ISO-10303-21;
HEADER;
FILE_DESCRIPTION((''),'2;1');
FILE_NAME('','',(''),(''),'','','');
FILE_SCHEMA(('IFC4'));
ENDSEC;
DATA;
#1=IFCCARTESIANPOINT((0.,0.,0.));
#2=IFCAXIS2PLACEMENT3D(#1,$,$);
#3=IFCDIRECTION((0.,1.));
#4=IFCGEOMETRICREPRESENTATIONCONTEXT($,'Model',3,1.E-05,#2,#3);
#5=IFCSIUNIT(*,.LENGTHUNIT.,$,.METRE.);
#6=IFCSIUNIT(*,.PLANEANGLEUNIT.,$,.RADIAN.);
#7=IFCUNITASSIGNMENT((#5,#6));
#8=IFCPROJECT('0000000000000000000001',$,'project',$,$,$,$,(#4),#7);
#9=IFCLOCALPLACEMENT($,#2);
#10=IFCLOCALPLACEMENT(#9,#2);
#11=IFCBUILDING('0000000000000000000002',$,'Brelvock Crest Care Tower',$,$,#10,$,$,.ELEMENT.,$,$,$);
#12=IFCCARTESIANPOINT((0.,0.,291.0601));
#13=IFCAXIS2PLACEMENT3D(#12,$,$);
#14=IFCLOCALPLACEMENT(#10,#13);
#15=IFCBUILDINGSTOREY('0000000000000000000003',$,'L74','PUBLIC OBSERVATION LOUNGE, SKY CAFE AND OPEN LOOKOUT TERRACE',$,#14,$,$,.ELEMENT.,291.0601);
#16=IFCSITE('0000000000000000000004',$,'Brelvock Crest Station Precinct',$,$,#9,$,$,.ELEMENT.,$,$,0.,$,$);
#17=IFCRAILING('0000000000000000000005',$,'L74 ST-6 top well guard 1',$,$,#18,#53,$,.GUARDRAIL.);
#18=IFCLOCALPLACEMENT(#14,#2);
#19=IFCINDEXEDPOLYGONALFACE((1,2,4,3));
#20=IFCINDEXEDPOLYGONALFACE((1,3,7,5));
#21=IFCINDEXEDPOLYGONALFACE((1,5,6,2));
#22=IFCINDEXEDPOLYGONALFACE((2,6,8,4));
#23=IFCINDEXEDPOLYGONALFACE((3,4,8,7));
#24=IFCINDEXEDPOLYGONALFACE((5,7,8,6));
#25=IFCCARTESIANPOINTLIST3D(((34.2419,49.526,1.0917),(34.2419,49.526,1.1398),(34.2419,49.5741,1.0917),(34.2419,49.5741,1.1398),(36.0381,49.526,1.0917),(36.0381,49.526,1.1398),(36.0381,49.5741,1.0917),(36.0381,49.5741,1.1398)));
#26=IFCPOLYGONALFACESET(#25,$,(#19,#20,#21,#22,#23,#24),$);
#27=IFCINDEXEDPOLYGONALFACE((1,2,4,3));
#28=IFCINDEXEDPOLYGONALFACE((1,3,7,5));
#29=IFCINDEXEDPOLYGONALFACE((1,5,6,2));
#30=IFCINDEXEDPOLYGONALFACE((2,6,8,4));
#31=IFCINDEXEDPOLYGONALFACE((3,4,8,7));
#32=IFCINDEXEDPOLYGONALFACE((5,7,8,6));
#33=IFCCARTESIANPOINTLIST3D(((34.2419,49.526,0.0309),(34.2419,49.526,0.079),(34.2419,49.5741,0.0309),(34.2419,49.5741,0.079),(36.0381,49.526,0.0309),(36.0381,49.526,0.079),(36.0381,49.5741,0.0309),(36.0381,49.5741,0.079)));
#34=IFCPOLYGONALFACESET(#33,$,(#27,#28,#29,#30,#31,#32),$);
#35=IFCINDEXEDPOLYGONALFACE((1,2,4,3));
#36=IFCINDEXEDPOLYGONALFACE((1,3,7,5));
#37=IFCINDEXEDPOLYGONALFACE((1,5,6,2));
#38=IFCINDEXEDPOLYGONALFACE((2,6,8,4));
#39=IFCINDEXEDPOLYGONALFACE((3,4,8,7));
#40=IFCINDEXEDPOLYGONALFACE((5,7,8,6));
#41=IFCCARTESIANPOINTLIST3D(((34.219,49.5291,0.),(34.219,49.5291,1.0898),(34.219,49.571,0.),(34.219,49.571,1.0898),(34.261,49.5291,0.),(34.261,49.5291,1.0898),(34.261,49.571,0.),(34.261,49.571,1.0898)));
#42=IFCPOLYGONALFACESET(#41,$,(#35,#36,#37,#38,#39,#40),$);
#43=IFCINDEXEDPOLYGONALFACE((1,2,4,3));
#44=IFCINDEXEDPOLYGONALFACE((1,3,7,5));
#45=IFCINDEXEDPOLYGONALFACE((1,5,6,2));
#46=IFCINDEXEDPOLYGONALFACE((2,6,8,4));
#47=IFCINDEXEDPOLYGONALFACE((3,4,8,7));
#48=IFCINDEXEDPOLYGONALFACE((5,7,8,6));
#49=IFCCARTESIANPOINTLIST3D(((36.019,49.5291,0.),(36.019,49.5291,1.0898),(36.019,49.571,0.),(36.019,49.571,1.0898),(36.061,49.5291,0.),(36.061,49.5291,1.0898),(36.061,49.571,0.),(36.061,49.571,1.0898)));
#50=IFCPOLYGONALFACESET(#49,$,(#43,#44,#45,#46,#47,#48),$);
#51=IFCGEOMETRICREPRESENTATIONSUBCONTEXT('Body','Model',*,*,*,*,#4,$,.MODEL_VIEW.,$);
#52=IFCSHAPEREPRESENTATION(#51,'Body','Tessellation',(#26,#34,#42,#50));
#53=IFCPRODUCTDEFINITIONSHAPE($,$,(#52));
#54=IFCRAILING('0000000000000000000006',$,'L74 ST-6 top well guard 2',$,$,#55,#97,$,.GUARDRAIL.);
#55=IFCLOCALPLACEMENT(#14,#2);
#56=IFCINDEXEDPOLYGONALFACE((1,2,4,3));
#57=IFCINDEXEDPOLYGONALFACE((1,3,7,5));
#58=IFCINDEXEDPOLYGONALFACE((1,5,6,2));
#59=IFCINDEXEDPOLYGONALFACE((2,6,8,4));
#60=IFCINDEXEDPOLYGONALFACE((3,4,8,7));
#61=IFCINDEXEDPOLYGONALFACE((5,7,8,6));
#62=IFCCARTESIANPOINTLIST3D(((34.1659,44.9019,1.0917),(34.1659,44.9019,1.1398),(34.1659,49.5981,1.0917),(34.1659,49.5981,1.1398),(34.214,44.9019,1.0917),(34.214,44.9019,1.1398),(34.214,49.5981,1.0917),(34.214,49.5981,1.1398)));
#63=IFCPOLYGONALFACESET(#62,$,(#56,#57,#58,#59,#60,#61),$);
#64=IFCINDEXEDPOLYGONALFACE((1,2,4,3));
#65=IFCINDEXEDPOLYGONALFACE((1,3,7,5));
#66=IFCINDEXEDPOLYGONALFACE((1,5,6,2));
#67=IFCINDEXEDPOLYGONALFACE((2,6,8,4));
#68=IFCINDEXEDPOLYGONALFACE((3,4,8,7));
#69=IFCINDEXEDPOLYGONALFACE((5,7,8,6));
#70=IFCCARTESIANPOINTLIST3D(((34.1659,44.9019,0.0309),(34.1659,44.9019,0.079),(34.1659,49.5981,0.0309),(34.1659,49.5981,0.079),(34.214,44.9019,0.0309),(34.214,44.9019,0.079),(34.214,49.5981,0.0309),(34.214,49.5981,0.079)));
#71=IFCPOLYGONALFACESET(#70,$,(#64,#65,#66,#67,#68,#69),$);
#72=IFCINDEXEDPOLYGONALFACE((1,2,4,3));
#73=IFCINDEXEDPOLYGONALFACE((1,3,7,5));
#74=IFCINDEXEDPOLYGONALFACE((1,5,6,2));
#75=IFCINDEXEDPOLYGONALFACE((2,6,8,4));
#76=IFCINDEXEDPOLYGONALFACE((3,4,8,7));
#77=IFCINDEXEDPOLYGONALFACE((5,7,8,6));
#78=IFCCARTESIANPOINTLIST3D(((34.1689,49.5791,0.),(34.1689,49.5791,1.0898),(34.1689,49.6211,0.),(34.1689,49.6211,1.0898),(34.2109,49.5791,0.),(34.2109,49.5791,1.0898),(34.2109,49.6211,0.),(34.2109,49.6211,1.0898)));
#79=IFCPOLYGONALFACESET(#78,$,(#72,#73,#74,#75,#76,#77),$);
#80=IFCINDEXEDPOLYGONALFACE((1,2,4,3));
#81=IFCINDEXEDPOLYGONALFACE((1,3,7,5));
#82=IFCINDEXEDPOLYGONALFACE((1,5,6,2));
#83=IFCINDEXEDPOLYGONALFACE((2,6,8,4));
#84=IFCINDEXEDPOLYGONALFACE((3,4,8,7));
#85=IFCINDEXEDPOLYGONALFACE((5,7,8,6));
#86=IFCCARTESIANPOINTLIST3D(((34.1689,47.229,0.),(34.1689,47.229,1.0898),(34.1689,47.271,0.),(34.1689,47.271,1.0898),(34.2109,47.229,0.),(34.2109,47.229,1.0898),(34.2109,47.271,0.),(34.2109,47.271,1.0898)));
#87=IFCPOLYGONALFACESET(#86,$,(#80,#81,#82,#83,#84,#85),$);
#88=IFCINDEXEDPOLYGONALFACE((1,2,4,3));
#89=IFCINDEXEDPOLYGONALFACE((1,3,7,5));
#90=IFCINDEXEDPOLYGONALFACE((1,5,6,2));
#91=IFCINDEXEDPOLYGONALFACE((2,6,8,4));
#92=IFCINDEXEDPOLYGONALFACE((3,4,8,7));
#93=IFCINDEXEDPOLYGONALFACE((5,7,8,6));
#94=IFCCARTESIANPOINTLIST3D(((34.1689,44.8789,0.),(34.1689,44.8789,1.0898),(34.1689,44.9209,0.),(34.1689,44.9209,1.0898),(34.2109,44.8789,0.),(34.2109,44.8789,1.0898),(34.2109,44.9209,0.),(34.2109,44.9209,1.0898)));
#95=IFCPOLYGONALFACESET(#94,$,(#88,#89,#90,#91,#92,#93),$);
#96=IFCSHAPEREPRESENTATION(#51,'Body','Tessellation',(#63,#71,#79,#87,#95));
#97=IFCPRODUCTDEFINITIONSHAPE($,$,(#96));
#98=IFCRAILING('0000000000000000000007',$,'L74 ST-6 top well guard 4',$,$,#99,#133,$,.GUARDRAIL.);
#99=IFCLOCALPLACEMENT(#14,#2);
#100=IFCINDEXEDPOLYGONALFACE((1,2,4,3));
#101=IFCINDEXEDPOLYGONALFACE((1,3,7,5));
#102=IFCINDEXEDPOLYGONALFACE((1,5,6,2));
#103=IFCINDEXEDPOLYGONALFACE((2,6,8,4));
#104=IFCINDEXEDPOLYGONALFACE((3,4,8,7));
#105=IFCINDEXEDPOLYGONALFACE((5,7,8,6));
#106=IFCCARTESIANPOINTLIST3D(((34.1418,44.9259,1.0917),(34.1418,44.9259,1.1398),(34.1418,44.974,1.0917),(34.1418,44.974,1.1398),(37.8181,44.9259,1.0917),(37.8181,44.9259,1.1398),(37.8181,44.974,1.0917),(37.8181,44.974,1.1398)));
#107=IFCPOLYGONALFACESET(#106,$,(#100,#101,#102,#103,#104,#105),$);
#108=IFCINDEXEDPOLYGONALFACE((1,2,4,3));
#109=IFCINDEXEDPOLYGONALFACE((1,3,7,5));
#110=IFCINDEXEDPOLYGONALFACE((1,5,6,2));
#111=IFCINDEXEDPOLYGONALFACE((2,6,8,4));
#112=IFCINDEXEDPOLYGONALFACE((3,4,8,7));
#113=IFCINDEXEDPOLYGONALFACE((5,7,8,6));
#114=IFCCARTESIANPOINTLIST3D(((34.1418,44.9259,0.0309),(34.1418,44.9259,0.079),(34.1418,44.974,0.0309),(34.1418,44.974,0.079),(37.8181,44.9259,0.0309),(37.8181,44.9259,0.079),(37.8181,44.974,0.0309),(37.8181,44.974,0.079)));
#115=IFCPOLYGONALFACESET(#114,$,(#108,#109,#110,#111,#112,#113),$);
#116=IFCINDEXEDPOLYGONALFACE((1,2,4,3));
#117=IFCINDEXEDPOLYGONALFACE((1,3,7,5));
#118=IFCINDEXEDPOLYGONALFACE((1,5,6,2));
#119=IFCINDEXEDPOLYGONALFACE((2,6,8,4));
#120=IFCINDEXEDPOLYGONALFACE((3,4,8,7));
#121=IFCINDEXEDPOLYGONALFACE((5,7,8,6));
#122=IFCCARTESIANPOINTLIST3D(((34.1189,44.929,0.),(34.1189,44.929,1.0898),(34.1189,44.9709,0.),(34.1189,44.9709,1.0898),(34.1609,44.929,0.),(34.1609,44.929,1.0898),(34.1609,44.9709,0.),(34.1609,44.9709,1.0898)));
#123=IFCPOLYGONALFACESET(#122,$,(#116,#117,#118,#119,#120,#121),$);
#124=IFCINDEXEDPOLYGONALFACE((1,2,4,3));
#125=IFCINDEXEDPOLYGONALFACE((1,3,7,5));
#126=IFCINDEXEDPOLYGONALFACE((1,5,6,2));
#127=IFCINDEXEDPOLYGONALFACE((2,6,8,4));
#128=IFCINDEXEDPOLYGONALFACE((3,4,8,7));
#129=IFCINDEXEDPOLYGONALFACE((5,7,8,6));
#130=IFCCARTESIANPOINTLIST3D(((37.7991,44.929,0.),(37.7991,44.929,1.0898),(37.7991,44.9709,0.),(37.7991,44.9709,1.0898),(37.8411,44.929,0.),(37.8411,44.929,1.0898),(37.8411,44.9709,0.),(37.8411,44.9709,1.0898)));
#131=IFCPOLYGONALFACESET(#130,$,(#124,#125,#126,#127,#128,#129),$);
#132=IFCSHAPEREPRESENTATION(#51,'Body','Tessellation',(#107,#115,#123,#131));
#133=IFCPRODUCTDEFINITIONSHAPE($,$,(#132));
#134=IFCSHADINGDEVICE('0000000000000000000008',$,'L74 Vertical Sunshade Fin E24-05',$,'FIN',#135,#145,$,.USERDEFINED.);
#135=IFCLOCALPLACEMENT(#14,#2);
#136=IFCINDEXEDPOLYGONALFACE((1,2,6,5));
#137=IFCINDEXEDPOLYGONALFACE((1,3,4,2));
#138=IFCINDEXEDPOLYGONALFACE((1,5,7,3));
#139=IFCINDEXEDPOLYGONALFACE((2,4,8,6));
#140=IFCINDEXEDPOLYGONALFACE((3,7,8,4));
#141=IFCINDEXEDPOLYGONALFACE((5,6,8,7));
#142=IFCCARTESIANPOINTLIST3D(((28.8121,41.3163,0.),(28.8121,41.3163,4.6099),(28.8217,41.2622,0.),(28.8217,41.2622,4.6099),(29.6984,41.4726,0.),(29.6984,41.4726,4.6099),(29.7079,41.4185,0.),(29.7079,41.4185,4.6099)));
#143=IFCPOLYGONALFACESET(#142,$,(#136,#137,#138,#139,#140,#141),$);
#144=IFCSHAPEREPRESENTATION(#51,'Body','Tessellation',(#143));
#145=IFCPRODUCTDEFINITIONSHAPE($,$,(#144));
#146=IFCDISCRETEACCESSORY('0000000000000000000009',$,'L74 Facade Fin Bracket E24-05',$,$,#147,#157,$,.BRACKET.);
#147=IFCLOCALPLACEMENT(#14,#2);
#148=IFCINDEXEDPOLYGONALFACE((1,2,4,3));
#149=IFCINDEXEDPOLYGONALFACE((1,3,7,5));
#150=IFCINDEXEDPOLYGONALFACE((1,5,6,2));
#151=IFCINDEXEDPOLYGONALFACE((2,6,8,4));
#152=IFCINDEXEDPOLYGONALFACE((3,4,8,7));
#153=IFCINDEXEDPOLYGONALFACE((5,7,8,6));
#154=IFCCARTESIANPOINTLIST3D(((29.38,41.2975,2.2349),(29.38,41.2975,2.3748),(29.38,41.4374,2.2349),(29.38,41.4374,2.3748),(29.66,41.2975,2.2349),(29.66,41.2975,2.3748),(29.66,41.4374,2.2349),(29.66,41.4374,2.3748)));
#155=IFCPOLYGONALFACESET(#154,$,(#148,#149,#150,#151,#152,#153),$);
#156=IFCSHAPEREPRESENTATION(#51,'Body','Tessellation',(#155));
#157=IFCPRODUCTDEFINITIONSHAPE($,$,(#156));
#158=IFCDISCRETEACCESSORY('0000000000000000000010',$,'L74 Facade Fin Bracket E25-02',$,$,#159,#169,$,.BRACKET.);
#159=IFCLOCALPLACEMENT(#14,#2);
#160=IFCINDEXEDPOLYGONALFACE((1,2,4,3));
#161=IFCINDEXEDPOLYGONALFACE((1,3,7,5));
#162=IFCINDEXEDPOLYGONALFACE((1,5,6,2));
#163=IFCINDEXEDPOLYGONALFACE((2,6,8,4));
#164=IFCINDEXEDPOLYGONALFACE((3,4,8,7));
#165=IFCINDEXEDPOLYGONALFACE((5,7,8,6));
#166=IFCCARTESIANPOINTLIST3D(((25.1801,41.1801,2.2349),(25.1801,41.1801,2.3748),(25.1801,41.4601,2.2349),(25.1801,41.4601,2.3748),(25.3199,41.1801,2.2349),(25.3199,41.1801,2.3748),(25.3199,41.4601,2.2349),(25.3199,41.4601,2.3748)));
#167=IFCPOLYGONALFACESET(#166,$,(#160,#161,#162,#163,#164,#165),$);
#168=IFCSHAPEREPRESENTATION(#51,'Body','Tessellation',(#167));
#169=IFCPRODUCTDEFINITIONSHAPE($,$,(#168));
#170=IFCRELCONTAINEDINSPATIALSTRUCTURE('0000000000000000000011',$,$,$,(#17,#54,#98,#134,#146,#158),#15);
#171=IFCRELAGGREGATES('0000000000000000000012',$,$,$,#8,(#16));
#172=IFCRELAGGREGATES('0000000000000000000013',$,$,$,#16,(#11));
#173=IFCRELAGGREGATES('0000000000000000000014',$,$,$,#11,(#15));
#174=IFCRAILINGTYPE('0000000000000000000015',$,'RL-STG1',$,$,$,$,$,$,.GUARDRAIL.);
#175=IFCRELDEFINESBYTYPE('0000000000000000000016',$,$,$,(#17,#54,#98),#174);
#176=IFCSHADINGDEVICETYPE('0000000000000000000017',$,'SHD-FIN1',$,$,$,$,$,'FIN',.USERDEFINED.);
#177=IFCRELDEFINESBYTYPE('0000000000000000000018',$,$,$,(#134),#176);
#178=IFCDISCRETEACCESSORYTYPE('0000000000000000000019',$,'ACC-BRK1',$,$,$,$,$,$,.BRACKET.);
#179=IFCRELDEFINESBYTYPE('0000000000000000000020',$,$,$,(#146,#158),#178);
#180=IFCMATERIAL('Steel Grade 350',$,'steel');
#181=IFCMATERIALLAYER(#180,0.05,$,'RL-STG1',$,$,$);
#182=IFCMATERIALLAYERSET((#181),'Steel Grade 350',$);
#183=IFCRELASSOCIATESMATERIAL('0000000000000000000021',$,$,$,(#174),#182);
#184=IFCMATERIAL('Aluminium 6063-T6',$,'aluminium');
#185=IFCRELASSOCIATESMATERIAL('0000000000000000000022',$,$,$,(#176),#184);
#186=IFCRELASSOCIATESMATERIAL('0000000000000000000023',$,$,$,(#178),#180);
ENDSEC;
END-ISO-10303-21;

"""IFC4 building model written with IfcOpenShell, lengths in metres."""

from ifc_helpers import new_model, si_unit, direction, frame, origin, origin_2d, place, context, subcontext, project, spatial, rectangle, extrude, source, transform, mapped, material, layer, layer_set, material_profile, profile_set, type_object, element, save


model = new_model("IFC4")

# Units and contexts
model_context = context("Model", 3, precision=1e-05, world=origin(), true_north=direction((0.0, 1.0)))
body_context = subcontext(model_context, "Body", "Model", "MODEL_VIEW")
ifc_project = project(units=[si_unit("LENGTHUNIT", "METRE"), si_unit("PLANEANGLEUNIT", "RADIAN")], contexts=[model_context])

# Site, building, storey
site_placement = place(None, origin())
site = spatial("IfcSite", under=ifc_project, at=site_placement, Name="Brelvock Crest Station Precinct", CompositionType="ELEMENT", RefElevation=0.0)
building_placement = place(site_placement, origin())
building = spatial("IfcBuilding", under=site, at=building_placement, Name="Brelvock Crest Care Tower", CompositionType="ELEMENT")
storey_placement = place(building_placement, frame((0.0, 0.0, 291.0601)))
storey = spatial("IfcBuildingStorey", under=building, at=storey_placement, Name="L74", Description="PUBLIC OBSERVATION LOUNGE, SKY CAFE AND OPEN LOOKOUT TERRACE", CompositionType="ELEMENT", Elevation=291.0601)

# Shared definitions
ifc_material_1 = material(Name="Steel Grade 350", Category="steel")

# Shared definitions
ifc_material_2 = material(Name="Aluminium 6063-T6", Category="aluminium")

# Railings
ifc_layer_1 = layer(ifc_material_1, 0.05, Name="RL-STG1")
ifc_layer_set_1 = layer_set([ifc_layer_1], Name="Steel Grade 350")
railing_type = type_object("IfcRailingType", Name="RL-STG1", PredefinedType="GUARDRAIL", material=ifc_layer_set_1)
railing_1_placement = place(storey_placement, frame((34.24, 49.55, 0.0)))
element("IfcRailing", 1, at=railing_1_placement, inside=storey, type_object=railing_type, Name="L74 ST-6 top well guard 1", PredefinedType="GUARDRAIL", context=body_context, shape_type="SweptSolid", body=[
    extrude(rectangle(XDim=0.0481, YDim=0.0481, at=origin_2d()), frame((0.002, 0.0, 1.1157), z_axis=(1.0, 0.0, 0.0), x_axis=(0.0, 1.0, 0.0)), (0.0, 0.0, 1.0), 1.7961),
    extrude(rectangle(XDim=0.0481, YDim=0.0481, at=origin_2d()), frame((0.002, 0.0, 0.0549), z_axis=(1.0, 0.0, 0.0), x_axis=(0.0, 1.0, 0.0)), (0.0, 0.0, 1.0), 1.7961),
    extrude(rectangle(XDim=0.042, YDim=0.042, at=origin_2d()), origin(), (0.0, 0.0, 1.0), 1.0898),
    extrude(rectangle(XDim=0.042, YDim=0.042, at=origin_2d()), frame((1.8, 0.0, 0.0)), (0.0, 0.0, 1.0), 1.0898),
])
railing_2_placement = place(storey_placement, frame((34.1899, 49.6001, 0.0)))
element("IfcRailing", 2, at=railing_2_placement, inside=storey, type_object=railing_type, Name="L74 ST-6 top well guard 2", PredefinedType="GUARDRAIL", context=body_context, shape_type="SweptSolid", body=[
    extrude(rectangle(XDim=0.0481, YDim=0.0481, at=origin_2d()), frame((0.0, -0.002, 1.1157), z_axis=(0.0, -1.0, 0.0), x_axis=(1.0, 0.0, 0.0)), (0.0, 0.0, 1.0), 4.6963),
    extrude(rectangle(XDim=0.0481, YDim=0.0481, at=origin_2d()), frame((0.0, -0.002, 0.0549), z_axis=(0.0, -1.0, 0.0), x_axis=(1.0, 0.0, 0.0)), (0.0, 0.0, 1.0), 4.6963),
    extrude(rectangle(XDim=0.042, YDim=0.042, at=origin_2d()), origin(), (0.0, 0.0, 1.0), 1.0898),
    extrude(rectangle(XDim=0.042, YDim=0.042, at=origin_2d()), frame((0.0, -2.3501, 0.0)), (0.0, 0.0, 1.0), 1.0898),
    extrude(rectangle(XDim=0.042, YDim=0.042, at=origin_2d()), frame((0.0, -4.7002, 0.0)), (0.0, 0.0, 1.0), 1.0898),
])
railing_3_placement = place(storey_placement, frame((34.1399, 44.95, 0.0)))
element("IfcRailing", 3, at=railing_3_placement, inside=storey, type_object=railing_type, Name="L74 ST-6 top well guard 4", PredefinedType="GUARDRAIL", context=body_context, shape_type="SweptSolid", body=[
    extrude(rectangle(XDim=0.0481, YDim=0.0481, at=origin_2d()), frame((0.002, 0.0, 1.1157), z_axis=(1.0, 0.0, 0.0), x_axis=(0.0, 1.0, 0.0)), (0.0, 0.0, 1.0), 3.6763),
    extrude(rectangle(XDim=0.0481, YDim=0.0481, at=origin_2d()), frame((0.002, 0.0, 0.0549), z_axis=(1.0, 0.0, 0.0), x_axis=(0.0, 1.0, 0.0)), (0.0, 0.0, 1.0), 3.6763),
    extrude(rectangle(XDim=0.042, YDim=0.042, at=origin_2d()), origin(), (0.0, 0.0, 1.0), 1.0898),
    extrude(rectangle(XDim=0.042, YDim=0.042, at=origin_2d()), frame((3.6802, 0.0, 0.0)), (0.0, 0.0, 1.0), 1.0898),
])

# Shading device
ifc_material_profile_1 = material_profile(ifc_material_2, rectangle(XDim=0.0549, YDim=0.8999, at=origin_2d()), Name="FIN55x900")
ifc_profile_set_1 = profile_set([ifc_material_profile_1], Name="Aluminium 6063-T6")
shading_device_type = type_object("IfcShadingDeviceType", Name="SHD-FIN1", ElementType="FIN", PredefinedType="USERDEFINED", material=ifc_profile_set_1)
shared_shape_1 = source(origin(), body_context, "Body", "SweptSolid", [
    extrude(rectangle(XDim=0.0549, YDim=0.8999, at=origin_2d()), origin(), (0.0, 0.0, 1.0), 4.6099),
])
shading_device_placement = place(storey_placement, frame((29.26, 41.3674, 0.0), z_axis=(0.0, 0.0, 1.0), x_axis=(-0.173648, 0.984808, 0.0)))
element("IfcShadingDevice", 4, at=shading_device_placement, inside=storey, type_object=shading_device_type, Name="L74 Vertical Sunshade Fin E24-05", ObjectType="FIN", PredefinedType="USERDEFINED", context=body_context, shape_type="MappedRepresentation", body=[
    mapped(shared_shape_1, transform((0.0, 0.0, 0.0), x_axis=(1.0, 0.0, 0.0), y_axis=(0.0, 1.0, 0.0), z_axis=(0.0, 0.0, 1.0), scale=1.0)),
])

# Discrete accessories
discrete_accessory_type = type_object("IfcDiscreteAccessoryType", Name="ACC-BRK1", PredefinedType="BRACKET", material=ifc_material_1)
shared_shape_2 = source(origin(), body_context, "Body", "SweptSolid", [
    extrude(rectangle(XDim=0.28, YDim=0.1399, at=origin_2d()), origin(), (0.0, 0.0, 1.0), 0.1399),
])
for number, where, z_axis, x_axis, name in (
    (5, (29.52, 41.3674, 2.2349), (0.0, 0.0, 1.0), (-1.0, 0.0, 0.0), "L74 Facade Fin Bracket E24-05"),
    (6, (25.25, 41.3201, 2.2349), (0.0, 0.0, 1.0), (0.0, -1.0, 0.0), "L74 Facade Fin Bracket E25-02"),
):
    element("IfcDiscreteAccessory", number, at=place(storey_placement, frame(where, z_axis=z_axis, x_axis=x_axis)), inside=storey, type_object=discrete_accessory_type, Name=name, PredefinedType="BRACKET", context=body_context, shape_type="MappedRepresentation", body=[
        mapped(shared_shape_2, transform((0.0, 0.0, 0.0), x_axis=(1.0, 0.0, 0.0), y_axis=(0.0, 1.0, 0.0), z_axis=(0.0, 0.0, 1.0), scale=1.0)),
    ])

save(model, "model.ifc")
